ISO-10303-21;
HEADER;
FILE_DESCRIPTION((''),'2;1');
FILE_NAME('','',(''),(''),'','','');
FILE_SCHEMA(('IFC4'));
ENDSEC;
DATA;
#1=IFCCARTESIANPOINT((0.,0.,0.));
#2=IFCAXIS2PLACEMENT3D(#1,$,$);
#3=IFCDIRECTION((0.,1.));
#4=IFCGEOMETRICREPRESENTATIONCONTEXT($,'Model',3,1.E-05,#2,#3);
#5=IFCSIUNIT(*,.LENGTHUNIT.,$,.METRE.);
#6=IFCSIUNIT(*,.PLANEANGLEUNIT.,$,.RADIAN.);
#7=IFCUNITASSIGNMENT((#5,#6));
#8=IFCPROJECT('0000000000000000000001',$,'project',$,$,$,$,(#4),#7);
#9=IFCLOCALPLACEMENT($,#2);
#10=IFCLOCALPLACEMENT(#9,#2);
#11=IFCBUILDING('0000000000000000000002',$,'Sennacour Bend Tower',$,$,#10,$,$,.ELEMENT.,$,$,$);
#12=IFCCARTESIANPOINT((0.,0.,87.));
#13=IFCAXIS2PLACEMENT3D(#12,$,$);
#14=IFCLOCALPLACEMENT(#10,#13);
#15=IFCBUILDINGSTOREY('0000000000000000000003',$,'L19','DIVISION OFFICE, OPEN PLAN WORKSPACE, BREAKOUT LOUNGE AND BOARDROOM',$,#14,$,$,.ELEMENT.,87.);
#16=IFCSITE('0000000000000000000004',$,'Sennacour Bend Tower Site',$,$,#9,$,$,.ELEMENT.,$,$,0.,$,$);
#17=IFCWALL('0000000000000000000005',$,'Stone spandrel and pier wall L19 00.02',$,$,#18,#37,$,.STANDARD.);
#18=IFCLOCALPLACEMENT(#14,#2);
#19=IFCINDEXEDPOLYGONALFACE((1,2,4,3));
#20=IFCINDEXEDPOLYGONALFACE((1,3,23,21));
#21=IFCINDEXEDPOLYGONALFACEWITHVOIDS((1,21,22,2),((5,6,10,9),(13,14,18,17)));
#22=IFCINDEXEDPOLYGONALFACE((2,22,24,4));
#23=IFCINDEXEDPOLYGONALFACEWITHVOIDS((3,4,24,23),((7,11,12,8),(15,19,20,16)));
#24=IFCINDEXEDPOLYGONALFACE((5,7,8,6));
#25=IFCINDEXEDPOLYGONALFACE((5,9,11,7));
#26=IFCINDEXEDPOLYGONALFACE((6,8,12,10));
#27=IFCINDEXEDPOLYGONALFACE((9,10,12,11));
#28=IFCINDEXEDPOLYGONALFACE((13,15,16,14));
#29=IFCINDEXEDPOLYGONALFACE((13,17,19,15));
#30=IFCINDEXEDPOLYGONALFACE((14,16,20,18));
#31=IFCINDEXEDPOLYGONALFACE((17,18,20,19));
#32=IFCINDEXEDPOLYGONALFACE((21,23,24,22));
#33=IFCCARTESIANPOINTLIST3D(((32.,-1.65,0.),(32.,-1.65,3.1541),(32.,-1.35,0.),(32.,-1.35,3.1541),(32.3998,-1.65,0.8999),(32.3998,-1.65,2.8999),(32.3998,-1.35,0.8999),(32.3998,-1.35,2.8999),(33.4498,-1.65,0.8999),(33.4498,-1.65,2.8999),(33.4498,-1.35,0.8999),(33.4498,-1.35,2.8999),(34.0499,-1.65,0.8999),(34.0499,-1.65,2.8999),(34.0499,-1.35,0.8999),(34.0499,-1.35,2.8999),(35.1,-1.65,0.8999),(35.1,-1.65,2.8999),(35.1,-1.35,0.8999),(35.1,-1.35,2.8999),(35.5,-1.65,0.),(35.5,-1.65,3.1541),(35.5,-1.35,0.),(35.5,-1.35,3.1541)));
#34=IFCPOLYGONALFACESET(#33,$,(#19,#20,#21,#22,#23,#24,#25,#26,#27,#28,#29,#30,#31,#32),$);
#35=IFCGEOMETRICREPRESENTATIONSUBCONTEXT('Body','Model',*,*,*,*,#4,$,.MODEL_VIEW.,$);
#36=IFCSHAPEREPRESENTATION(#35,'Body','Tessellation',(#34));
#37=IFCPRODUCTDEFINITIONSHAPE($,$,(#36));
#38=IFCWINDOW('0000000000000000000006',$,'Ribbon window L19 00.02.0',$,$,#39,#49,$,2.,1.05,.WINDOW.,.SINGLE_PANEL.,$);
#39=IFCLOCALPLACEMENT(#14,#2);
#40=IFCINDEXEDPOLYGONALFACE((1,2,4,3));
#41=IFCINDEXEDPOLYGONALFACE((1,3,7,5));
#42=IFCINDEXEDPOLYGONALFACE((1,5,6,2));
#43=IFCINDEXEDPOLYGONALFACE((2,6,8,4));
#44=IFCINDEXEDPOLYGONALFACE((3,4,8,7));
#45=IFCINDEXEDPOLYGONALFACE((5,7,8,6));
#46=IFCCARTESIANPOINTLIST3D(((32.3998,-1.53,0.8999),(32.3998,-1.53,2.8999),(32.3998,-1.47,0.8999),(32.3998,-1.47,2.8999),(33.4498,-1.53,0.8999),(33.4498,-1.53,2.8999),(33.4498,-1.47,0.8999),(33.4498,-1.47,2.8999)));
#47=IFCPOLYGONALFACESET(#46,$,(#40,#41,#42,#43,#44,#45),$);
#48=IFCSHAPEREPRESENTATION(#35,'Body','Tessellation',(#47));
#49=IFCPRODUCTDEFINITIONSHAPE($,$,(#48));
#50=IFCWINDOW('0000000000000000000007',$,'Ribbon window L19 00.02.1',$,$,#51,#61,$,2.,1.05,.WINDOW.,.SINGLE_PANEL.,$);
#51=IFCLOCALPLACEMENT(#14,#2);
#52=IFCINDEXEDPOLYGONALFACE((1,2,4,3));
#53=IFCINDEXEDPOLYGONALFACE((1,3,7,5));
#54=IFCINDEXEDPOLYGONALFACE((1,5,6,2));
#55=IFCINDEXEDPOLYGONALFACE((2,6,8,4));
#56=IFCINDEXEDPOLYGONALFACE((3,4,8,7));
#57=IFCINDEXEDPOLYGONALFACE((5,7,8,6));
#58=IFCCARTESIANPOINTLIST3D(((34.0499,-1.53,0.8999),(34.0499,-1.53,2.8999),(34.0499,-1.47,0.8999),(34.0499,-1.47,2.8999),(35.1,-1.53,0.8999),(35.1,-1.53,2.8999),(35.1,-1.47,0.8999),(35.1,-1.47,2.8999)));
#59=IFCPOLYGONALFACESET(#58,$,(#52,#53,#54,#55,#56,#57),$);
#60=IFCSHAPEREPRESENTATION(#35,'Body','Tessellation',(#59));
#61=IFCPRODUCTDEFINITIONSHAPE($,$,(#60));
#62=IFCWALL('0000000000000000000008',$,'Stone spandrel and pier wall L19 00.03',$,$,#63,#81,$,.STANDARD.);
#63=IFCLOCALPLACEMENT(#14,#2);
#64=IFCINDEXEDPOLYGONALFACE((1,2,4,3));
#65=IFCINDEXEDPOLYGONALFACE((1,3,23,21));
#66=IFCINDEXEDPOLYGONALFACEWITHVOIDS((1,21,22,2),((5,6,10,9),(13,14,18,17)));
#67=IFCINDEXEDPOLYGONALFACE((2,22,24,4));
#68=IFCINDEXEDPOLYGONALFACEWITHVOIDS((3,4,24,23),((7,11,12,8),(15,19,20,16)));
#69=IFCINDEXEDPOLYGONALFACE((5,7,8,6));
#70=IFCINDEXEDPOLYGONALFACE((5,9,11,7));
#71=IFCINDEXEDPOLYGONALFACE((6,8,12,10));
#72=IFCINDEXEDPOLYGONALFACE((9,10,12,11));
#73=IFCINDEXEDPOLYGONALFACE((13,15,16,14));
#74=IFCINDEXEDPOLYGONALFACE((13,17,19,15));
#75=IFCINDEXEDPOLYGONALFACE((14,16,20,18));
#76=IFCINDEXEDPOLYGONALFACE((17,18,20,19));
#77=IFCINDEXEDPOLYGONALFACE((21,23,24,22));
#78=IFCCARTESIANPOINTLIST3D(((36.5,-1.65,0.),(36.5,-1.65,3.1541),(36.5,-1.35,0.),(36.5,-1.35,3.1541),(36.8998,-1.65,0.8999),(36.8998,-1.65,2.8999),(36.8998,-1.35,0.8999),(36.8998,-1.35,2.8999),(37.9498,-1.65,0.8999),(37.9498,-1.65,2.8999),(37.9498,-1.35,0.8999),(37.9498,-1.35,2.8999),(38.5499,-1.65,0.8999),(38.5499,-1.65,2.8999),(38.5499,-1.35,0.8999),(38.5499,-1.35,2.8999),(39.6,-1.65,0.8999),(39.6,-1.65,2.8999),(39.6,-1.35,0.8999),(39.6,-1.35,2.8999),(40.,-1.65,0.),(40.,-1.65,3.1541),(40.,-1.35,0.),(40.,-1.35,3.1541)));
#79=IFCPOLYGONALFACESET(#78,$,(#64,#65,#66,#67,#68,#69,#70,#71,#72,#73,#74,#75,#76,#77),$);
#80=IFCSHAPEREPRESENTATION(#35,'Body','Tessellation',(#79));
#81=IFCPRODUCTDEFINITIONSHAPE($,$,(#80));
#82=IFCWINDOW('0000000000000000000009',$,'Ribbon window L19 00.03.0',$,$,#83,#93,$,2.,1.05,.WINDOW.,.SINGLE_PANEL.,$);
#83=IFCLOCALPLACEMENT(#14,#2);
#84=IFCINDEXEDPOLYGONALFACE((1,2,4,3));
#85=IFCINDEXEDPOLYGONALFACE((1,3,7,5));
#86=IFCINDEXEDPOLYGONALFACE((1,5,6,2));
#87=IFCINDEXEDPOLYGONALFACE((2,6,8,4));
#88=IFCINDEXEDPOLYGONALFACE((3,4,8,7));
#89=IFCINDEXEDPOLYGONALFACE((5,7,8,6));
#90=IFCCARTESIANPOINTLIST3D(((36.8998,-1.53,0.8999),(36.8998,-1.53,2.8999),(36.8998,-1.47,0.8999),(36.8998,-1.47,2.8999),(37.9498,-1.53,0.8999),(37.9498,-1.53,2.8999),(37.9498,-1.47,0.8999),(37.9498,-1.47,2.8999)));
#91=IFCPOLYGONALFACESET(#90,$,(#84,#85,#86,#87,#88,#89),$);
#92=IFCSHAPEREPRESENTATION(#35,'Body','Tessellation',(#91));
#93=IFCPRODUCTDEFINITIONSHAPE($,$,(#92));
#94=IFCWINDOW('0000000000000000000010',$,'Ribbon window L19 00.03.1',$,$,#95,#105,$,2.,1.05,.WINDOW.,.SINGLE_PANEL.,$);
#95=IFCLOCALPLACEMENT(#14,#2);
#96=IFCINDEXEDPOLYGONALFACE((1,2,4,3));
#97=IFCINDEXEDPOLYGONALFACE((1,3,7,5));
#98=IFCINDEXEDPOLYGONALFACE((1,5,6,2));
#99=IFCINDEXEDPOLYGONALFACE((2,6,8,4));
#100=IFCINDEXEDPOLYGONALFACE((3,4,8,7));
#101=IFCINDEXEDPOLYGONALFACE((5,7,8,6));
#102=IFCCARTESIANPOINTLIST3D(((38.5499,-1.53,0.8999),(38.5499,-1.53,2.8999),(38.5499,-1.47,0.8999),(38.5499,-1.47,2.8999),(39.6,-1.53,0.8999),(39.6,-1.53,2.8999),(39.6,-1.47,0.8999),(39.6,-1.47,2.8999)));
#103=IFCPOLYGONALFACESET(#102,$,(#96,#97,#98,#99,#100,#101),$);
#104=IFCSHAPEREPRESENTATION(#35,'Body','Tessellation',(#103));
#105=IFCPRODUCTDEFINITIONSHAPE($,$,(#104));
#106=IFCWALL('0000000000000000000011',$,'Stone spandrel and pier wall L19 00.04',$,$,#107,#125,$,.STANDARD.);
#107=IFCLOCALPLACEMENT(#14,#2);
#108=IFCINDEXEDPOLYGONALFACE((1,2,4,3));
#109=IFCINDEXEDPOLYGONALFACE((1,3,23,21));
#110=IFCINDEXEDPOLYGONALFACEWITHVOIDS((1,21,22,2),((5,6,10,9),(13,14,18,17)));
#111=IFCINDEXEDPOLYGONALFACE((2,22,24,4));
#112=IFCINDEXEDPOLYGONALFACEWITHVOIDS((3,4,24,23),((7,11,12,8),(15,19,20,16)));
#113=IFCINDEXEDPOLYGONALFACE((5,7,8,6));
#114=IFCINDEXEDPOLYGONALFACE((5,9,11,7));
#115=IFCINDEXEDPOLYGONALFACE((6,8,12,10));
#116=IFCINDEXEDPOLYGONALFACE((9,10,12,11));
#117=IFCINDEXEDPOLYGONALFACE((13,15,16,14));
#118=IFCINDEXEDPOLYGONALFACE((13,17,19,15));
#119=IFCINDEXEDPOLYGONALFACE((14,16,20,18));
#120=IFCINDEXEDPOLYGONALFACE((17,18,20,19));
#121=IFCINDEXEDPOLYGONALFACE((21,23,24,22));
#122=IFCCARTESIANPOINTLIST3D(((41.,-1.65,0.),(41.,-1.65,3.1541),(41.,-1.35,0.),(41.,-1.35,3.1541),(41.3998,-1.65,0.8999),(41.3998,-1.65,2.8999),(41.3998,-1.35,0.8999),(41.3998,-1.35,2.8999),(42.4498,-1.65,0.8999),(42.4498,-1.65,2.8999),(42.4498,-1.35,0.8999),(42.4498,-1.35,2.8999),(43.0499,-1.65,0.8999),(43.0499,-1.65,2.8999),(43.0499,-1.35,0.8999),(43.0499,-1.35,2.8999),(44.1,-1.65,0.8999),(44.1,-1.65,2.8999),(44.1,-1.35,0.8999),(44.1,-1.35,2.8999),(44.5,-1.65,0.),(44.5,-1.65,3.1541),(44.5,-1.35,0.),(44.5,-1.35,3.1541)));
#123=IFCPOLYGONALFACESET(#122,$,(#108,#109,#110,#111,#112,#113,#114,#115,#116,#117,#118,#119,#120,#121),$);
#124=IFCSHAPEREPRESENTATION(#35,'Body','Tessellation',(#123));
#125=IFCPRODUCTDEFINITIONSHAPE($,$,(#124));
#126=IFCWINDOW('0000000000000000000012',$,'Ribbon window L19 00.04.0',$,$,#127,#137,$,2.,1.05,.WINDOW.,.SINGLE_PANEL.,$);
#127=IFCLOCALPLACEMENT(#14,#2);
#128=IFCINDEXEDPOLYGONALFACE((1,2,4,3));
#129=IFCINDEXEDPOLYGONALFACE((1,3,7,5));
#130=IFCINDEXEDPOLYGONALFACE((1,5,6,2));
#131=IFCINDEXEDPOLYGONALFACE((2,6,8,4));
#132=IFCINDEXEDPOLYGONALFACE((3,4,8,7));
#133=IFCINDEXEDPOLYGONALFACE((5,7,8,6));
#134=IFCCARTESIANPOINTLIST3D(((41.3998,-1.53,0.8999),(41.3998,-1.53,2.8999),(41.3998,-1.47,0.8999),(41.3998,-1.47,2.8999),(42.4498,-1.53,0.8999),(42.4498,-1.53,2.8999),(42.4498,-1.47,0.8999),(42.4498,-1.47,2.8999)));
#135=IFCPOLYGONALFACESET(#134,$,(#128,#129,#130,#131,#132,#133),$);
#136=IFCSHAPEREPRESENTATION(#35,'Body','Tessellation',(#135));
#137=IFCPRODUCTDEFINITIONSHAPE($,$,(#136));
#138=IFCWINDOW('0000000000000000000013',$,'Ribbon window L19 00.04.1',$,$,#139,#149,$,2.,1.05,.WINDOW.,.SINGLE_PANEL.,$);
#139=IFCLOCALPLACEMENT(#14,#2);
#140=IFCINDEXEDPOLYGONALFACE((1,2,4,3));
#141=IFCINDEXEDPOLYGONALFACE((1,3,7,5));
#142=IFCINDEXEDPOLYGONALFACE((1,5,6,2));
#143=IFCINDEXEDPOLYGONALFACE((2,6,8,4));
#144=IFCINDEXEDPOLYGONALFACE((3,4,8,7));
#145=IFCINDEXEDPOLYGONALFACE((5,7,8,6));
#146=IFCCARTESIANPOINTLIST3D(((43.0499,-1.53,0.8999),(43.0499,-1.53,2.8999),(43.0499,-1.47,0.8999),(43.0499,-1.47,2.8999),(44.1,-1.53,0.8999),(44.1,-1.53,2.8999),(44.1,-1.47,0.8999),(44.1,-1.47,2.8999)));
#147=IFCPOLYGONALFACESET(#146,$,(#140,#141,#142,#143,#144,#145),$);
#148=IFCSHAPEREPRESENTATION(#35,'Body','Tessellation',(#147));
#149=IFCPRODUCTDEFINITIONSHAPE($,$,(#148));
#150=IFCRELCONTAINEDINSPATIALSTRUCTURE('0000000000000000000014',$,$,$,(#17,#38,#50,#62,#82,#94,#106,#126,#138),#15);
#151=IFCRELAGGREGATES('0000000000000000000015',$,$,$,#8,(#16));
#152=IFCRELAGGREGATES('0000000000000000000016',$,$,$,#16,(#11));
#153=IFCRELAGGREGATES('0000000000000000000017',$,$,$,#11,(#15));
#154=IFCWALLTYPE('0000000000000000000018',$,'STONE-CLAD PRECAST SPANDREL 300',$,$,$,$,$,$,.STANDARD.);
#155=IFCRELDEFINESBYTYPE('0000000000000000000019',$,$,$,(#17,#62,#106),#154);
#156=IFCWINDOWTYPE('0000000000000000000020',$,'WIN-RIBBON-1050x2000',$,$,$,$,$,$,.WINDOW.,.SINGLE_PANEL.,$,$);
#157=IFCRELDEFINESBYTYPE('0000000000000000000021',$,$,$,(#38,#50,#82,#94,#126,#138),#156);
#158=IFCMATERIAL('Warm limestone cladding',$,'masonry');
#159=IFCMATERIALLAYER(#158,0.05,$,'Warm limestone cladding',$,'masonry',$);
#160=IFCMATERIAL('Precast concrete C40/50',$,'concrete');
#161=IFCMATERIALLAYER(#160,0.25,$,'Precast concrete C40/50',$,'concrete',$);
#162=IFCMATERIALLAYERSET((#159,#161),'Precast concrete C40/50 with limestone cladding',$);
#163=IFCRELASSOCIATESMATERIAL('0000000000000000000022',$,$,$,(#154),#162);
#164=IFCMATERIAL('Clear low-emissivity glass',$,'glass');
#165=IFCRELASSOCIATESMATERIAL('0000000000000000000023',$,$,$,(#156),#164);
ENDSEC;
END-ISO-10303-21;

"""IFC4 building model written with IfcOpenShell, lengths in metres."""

from ifc_helpers import new_model, si_unit, direction, frame, frame_2d, origin, place, context, subcontext, project, spatial, rectangle, extrude, material, layer, layer_set, type_object, element, fill, save


model = new_model("IFC4")

# Units and contexts
model_context = context("Model", 3, precision=1e-05, world=origin(), true_north=direction((0.0, 1.0)))
body_context = subcontext(model_context, "Body", "Model", "MODEL_VIEW")
ifc_project = project(units=[si_unit("LENGTHUNIT", "METRE"), si_unit("PLANEANGLEUNIT", "RADIAN")], contexts=[model_context])

# Site, building, storey
site_placement = place(None, origin())
site = spatial("IfcSite", under=ifc_project, at=site_placement, Name="Sennacour Bend Tower Site", CompositionType="ELEMENT", RefElevation=0.0)
building_placement = place(site_placement, origin())
building = spatial("IfcBuilding", under=site, at=building_placement, Name="Sennacour Bend Tower", CompositionType="ELEMENT")
storey_placement = place(building_placement, frame((0.0, 0.0, 87.0)))
storey = spatial("IfcBuildingStorey", under=building, at=storey_placement, Name="L19", Description="DIVISION OFFICE, OPEN PLAN WORKSPACE, BREAKOUT LOUNGE AND BOARDROOM", CompositionType="ELEMENT", Elevation=87.0)

# Walls, openings, windows
ifc_material_1 = material(Name="Warm limestone cladding", Category="masonry")
ifc_layer_1 = layer(ifc_material_1, 0.05, Name="Warm limestone cladding", Category="masonry")
ifc_material_2 = material(Name="Precast concrete C40/50", Category="concrete")
ifc_layer_2 = layer(ifc_material_2, 0.25, Name="Precast concrete C40/50", Category="concrete")
ifc_layer_set_1 = layer_set([ifc_layer_1, ifc_layer_2], Name="Precast concrete C40/50 with limestone cladding")
wall_type_1 = type_object("IfcWallType", Name="STONE-CLAD PRECAST SPANDREL 300", PredefinedType="STANDARD", material=ifc_layer_set_1)
wall_1_placement = place(storey_placement, frame((32.0, -1.5, 0.0), z_axis=(0.0, 0.0, 1.0), x_axis=(1.0, 0.0, 0.0)))
wall_1 = element("IfcWall", 1, at=wall_1_placement, inside=storey, type_object=wall_type_1, Name="Stone spandrel and pier wall L19 00.02", PredefinedType="STANDARD", context=body_context, shape_type="SweptSolid", body=[
    extrude(rectangle(XDim=3.5, YDim=0.3, at=frame_2d((1.75, 0.0))), origin(), (0.0, 0.0, 1.0), 3.1541),
])
opening_1_placement = place(wall_1_placement, frame((0.3999, 0.0, 0.8999)))
opening_1 = element("IfcOpeningElement", 2, at=opening_1_placement, cuts=wall_1, PredefinedType="OPENING", context=body_context, shape_type="SweptSolid", body=[
    extrude(rectangle(XDim=1.05, YDim=2.0, at=frame_2d((0.5249, 1.0))), frame((0.0, 0.1602, 0.0), z_axis=(0.0, -1.0, 0.0), x_axis=(1.0, 0.0, 0.0)), (0.0, 0.0, 1.0), 0.3201),
])
opening_2_placement = place(wall_1_placement, frame((2.05, 0.0, 0.8999)))
opening_2 = element("IfcOpeningElement", 3, at=opening_2_placement, cuts=wall_1, PredefinedType="OPENING", context=body_context, shape_type="SweptSolid", body=[
    extrude(rectangle(XDim=1.05, YDim=2.0, at=frame_2d((0.5249, 1.0))), frame((0.0, 0.1602, 0.0), z_axis=(0.0, -1.0, 0.0), x_axis=(1.0, 0.0, 0.0)), (0.0, 0.0, 1.0), 0.3201),
])
ifc_material_3 = material(Name="Clear low-emissivity glass", Category="glass")
window_type = type_object("IfcWindowType", Name="WIN-RIBBON-1050x2000", PartitioningType="SINGLE_PANEL", PredefinedType="WINDOW", material=ifc_material_3)
window_1_placement = place(opening_1_placement, origin())
window_1 = element("IfcWindow", 4, at=window_1_placement, inside=storey, type_object=window_type, Name="Ribbon window L19 00.02.0", OverallHeight=2.0, OverallWidth=1.05, PartitioningType="SINGLE_PANEL", PredefinedType="WINDOW", context=body_context, shape_type="SweptSolid", body=[
    extrude(rectangle(XDim=1.05, YDim=2.0, at=frame_2d((0.5249, 1.0))), frame((0.0, 0.03, 0.0), z_axis=(0.0, -1.0, 0.0), x_axis=(1.0, 0.0, 0.0)), (0.0, 0.0, 1.0), 0.0601),
])
fill(opening_1, window_1)
window_2_placement = place(opening_2_placement, origin())
window_2 = element("IfcWindow", 5, at=window_2_placement, inside=storey, type_object=window_type, Name="Ribbon window L19 00.02.1", OverallHeight=2.0, OverallWidth=1.05, PartitioningType="SINGLE_PANEL", PredefinedType="WINDOW", context=body_context, shape_type="SweptSolid", body=[
    extrude(rectangle(XDim=1.05, YDim=2.0, at=frame_2d((0.5249, 1.0))), frame((0.0, 0.03, 0.0), z_axis=(0.0, -1.0, 0.0), x_axis=(1.0, 0.0, 0.0)), (0.0, 0.0, 1.0), 0.0601),
])
fill(opening_2, window_2)
wall_2_placement = place(storey_placement, frame((36.5, -1.5, 0.0), z_axis=(0.0, 0.0, 1.0), x_axis=(1.0, 0.0, 0.0)))
wall_2 = element("IfcWall", 6, at=wall_2_placement, inside=storey, type_object=wall_type_1, Name="Stone spandrel and pier wall L19 00.03", PredefinedType="STANDARD", context=body_context, shape_type="SweptSolid", body=[
    extrude(rectangle(XDim=3.5, YDim=0.3, at=frame_2d((1.75, 0.0))), origin(), (0.0, 0.0, 1.0), 3.1541),
])
opening_3_placement = place(wall_2_placement, frame((0.3999, 0.0, 0.8999)))
opening_3 = element("IfcOpeningElement", 7, at=opening_3_placement, cuts=wall_2, PredefinedType="OPENING", context=body_context, shape_type="SweptSolid", body=[
    extrude(rectangle(XDim=1.05, YDim=2.0, at=frame_2d((0.5249, 1.0))), frame((0.0, 0.1602, 0.0), z_axis=(0.0, -1.0, 0.0), x_axis=(1.0, 0.0, 0.0)), (0.0, 0.0, 1.0), 0.3201),
])
opening_4_placement = place(wall_2_placement, frame((2.05, 0.0, 0.8999)))
opening_4 = element("IfcOpeningElement", 8, at=opening_4_placement, cuts=wall_2, PredefinedType="OPENING", context=body_context, shape_type="SweptSolid", body=[
    extrude(rectangle(XDim=1.05, YDim=2.0, at=frame_2d((0.5249, 1.0))), frame((0.0, 0.1602, 0.0), z_axis=(0.0, -1.0, 0.0), x_axis=(1.0, 0.0, 0.0)), (0.0, 0.0, 1.0), 0.3201),
])
window_3_placement = place(opening_3_placement, origin())
window_3 = element("IfcWindow", 9, at=window_3_placement, inside=storey, type_object=window_type, Name="Ribbon window L19 00.03.0", OverallHeight=2.0, OverallWidth=1.05, PartitioningType="SINGLE_PANEL", PredefinedType="WINDOW", context=body_context, shape_type="SweptSolid", body=[
    extrude(rectangle(XDim=1.05, YDim=2.0, at=frame_2d((0.5249, 1.0))), frame((0.0, 0.03, 0.0), z_axis=(0.0, -1.0, 0.0), x_axis=(1.0, 0.0, 0.0)), (0.0, 0.0, 1.0), 0.0601),
])
fill(opening_3, window_3)
window_4_placement = place(opening_4_placement, origin())
window_4 = element("IfcWindow", 10, at=window_4_placement, inside=storey, type_object=window_type, Name="Ribbon window L19 00.03.1", OverallHeight=2.0, OverallWidth=1.05, PartitioningType="SINGLE_PANEL", PredefinedType="WINDOW", context=body_context, shape_type="SweptSolid", body=[
    extrude(rectangle(XDim=1.05, YDim=2.0, at=frame_2d((0.5249, 1.0))), frame((0.0, 0.03, 0.0), z_axis=(0.0, -1.0, 0.0), x_axis=(1.0, 0.0, 0.0)), (0.0, 0.0, 1.0), 0.0601),
])
fill(opening_4, window_4)
wall_3_placement = place(storey_placement, frame((41.0, -1.5, 0.0), z_axis=(0.0, 0.0, 1.0), x_axis=(1.0, 0.0, 0.0)))
wall_3 = element("IfcWall", 11, at=wall_3_placement, inside=storey, type_object=wall_type_1, Name="Stone spandrel and pier wall L19 00.04", PredefinedType="STANDARD", context=body_context, shape_type="SweptSolid", body=[
    extrude(rectangle(XDim=3.5, YDim=0.3, at=frame_2d((1.75, 0.0))), origin(), (0.0, 0.0, 1.0), 3.1541),
])
opening_5_placement = place(wall_3_placement, frame((0.3999, 0.0, 0.8999)))
opening_5 = element("IfcOpeningElement", 12, at=opening_5_placement, cuts=wall_3, PredefinedType="OPENING", context=body_context, shape_type="SweptSolid", body=[
    extrude(rectangle(XDim=1.05, YDim=2.0, at=frame_2d((0.5249, 1.0))), frame((0.0, 0.1602, 0.0), z_axis=(0.0, -1.0, 0.0), x_axis=(1.0, 0.0, 0.0)), (0.0, 0.0, 1.0), 0.3201),
])
opening_6_placement = place(wall_3_placement, frame((2.05, 0.0, 0.8999)))
opening_6 = element("IfcOpeningElement", 13, at=opening_6_placement, cuts=wall_3, PredefinedType="OPENING", context=body_context, shape_type="SweptSolid", body=[
    extrude(rectangle(XDim=1.05, YDim=2.0, at=frame_2d((0.5249, 1.0))), frame((0.0, 0.1602, 0.0), z_axis=(0.0, -1.0, 0.0), x_axis=(1.0, 0.0, 0.0)), (0.0, 0.0, 1.0), 0.3201),
])
window_5_placement = place(opening_5_placement, origin())
window_5 = element("IfcWindow", 14, at=window_5_placement, inside=storey, type_object=window_type, Name="Ribbon window L19 00.04.0", OverallHeight=2.0, OverallWidth=1.05, PartitioningType="SINGLE_PANEL", PredefinedType="WINDOW", context=body_context, shape_type="SweptSolid", body=[
    extrude(rectangle(XDim=1.05, YDim=2.0, at=frame_2d((0.5249, 1.0))), frame((0.0, 0.03, 0.0), z_axis=(0.0, -1.0, 0.0), x_axis=(1.0, 0.0, 0.0)), (0.0, 0.0, 1.0), 0.0601),
])
fill(opening_5, window_5)
window_6_placement = place(opening_6_placement, origin())
window_6 = element("IfcWindow", 15, at=window_6_placement, inside=storey, type_object=window_type, Name="Ribbon window L19 00.04.1", OverallHeight=2.0, OverallWidth=1.05, PartitioningType="SINGLE_PANEL", PredefinedType="WINDOW", context=body_context, shape_type="SweptSolid", body=[
    extrude(rectangle(XDim=1.05, YDim=2.0, at=frame_2d((0.5249, 1.0))), frame((0.0, 0.03, 0.0), z_axis=(0.0, -1.0, 0.0), x_axis=(1.0, 0.0, 0.0)), (0.0, 0.0, 1.0), 0.0601),
])
fill(opening_6, window_6)

save(model, "model.ifc")
